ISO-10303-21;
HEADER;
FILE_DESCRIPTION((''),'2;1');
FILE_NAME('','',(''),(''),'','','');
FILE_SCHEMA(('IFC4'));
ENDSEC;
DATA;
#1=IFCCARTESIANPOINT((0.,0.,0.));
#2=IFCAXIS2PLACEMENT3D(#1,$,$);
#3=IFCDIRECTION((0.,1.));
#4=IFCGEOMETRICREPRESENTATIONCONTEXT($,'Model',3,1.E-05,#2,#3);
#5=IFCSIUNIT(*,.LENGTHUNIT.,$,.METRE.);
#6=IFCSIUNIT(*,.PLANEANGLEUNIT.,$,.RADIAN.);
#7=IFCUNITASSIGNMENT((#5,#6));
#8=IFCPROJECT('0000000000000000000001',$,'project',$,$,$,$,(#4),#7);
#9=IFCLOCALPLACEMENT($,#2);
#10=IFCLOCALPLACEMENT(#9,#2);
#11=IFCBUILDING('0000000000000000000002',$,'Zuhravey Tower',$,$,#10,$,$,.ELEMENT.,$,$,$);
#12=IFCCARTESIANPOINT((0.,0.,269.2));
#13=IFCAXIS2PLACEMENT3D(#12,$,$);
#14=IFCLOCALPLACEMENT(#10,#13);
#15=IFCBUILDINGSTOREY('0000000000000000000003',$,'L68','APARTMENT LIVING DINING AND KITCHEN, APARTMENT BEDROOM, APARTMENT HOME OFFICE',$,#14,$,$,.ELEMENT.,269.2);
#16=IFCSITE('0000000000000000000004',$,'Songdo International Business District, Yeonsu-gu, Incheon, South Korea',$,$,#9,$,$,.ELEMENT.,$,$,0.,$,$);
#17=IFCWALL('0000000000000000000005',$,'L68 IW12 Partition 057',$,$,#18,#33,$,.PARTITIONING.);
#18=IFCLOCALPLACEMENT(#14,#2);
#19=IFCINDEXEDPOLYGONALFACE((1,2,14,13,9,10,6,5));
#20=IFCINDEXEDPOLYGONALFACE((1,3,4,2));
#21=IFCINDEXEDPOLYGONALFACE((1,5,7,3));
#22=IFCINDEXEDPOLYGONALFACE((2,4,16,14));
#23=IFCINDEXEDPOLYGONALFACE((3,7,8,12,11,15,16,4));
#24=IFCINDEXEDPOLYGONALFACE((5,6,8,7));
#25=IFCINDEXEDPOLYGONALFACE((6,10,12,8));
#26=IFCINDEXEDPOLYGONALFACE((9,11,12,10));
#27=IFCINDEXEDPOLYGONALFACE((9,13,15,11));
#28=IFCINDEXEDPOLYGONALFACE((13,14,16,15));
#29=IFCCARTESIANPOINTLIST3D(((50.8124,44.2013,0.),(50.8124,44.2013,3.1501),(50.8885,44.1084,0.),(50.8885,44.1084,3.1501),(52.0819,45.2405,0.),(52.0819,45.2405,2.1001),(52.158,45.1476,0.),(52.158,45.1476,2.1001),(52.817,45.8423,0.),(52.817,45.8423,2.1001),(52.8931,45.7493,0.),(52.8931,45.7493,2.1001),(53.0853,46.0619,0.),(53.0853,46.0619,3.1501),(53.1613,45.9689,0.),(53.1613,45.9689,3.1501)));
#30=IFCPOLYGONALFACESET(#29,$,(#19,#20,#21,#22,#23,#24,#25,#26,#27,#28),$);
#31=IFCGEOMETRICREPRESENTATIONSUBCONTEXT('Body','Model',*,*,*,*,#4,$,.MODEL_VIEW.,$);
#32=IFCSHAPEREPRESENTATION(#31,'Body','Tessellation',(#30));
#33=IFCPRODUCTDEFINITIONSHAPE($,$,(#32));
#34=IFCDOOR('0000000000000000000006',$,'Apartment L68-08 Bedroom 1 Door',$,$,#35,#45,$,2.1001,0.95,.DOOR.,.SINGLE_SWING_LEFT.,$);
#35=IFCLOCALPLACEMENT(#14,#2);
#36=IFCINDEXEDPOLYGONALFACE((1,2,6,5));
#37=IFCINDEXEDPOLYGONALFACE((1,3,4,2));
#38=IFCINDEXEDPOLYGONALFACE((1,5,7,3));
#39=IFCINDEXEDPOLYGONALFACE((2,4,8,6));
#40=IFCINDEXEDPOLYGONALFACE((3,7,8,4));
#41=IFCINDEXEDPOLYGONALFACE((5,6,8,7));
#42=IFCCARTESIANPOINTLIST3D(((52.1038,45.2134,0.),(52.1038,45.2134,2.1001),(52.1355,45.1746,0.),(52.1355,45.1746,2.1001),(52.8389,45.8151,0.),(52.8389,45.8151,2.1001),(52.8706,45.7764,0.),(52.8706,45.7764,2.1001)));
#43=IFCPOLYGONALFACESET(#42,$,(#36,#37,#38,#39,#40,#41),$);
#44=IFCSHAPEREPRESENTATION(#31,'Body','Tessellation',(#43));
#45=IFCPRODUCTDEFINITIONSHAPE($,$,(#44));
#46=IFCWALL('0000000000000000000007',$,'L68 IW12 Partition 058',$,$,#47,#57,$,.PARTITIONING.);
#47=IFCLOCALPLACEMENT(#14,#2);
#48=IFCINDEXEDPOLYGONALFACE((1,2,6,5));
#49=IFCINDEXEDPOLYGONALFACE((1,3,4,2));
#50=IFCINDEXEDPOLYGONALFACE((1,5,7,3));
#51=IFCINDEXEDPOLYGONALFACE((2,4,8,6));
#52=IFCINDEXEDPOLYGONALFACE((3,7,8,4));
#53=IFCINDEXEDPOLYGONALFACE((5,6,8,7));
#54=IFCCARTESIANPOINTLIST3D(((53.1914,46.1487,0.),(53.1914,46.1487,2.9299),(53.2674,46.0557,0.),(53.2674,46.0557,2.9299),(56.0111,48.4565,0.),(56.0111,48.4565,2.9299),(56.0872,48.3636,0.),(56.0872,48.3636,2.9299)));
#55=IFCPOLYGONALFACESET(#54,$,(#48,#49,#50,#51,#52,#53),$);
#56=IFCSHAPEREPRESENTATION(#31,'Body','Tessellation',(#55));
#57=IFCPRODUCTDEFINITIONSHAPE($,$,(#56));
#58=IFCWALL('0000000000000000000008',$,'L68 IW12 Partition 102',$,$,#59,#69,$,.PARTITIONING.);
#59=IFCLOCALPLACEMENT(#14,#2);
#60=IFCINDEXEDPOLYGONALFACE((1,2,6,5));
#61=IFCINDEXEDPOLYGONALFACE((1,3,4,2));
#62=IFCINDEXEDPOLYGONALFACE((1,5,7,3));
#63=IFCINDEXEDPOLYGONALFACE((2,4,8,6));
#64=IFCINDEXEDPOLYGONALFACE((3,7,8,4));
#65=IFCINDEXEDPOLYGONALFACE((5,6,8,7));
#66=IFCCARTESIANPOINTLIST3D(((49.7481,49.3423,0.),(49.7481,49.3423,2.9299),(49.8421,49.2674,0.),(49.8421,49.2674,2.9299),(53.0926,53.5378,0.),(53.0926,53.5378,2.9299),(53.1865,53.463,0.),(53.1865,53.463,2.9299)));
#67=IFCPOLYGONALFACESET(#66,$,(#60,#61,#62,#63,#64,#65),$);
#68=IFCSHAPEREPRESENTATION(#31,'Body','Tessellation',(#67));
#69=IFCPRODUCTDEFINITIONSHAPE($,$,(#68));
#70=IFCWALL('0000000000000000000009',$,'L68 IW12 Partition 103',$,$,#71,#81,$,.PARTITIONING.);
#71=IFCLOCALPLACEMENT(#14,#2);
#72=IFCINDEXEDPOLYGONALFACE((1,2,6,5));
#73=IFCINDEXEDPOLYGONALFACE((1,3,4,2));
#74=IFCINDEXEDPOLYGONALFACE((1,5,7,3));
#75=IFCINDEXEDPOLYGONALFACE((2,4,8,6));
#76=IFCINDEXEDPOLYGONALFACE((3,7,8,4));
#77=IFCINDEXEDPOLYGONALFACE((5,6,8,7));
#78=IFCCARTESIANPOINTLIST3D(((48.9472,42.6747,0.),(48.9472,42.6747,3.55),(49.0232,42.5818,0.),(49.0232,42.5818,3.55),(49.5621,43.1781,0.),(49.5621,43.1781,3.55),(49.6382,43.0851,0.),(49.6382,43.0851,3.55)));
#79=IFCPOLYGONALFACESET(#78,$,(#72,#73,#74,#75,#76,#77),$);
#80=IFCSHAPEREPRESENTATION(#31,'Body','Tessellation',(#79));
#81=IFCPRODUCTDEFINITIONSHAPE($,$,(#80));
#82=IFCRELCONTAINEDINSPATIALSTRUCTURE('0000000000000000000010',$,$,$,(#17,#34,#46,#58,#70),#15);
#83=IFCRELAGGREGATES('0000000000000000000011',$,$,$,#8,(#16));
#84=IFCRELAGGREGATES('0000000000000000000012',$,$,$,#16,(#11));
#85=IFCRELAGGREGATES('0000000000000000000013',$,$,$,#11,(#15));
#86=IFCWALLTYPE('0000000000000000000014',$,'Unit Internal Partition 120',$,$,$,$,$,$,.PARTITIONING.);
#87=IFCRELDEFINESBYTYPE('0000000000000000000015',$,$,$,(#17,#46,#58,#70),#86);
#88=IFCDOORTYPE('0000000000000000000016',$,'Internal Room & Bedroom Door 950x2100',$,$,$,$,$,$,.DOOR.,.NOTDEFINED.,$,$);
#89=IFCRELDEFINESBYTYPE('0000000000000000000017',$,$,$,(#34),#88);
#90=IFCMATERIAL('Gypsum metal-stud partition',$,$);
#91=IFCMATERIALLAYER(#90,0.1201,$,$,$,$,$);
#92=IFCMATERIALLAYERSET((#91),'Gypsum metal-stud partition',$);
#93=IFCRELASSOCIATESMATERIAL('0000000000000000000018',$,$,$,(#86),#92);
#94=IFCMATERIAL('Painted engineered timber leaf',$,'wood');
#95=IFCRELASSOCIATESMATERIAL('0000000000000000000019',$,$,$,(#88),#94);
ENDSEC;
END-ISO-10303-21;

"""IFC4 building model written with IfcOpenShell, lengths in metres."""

from ifc_helpers import new_model, si_unit, direction, frame, frame_2d, origin, place, context, subcontext, project, spatial, rectangle, extrude, material, layer, layer_set, type_object, element, fill, save


model = new_model("IFC4")

# Units and contexts
model_context = context("Model", 3, precision=1e-05, world=origin(), true_north=direction((0.0, 1.0)))
body_context = subcontext(model_context, "Body", "Model", "MODEL_VIEW")
ifc_project = project(units=[si_unit("LENGTHUNIT", "METRE"), si_unit("PLANEANGLEUNIT", "RADIAN")], contexts=[model_context])

# Site, building, storey
site_placement = place(None, origin())
site = spatial("IfcSite", under=ifc_project, at=site_placement, Name="Songdo International Business District, Yeonsu-gu, Incheon, South Korea", CompositionType="ELEMENT", RefElevation=0.0)
building_placement = place(site_placement, origin())
building = spatial("IfcBuilding", under=site, at=building_placement, Name="Zuhravey Tower", CompositionType="ELEMENT")
storey_placement = place(building_placement, frame((0.0, 0.0, 269.2)))
storey = spatial("IfcBuildingStorey", under=building, at=storey_placement, Name="L68", Description="APARTMENT LIVING DINING AND KITCHEN, APARTMENT BEDROOM, APARTMENT HOME OFFICE", CompositionType="ELEMENT", Elevation=269.2)

# Shared definitions
ifc_material_1 = material(Name="Gypsum metal-stud partition")
ifc_layer_1 = layer(ifc_material_1, 0.1201)
ifc_layer_set_1 = layer_set([ifc_layer_1], Name="Gypsum metal-stud partition")
wall_type_1 = type_object("IfcWallType", Name="Unit Internal Partition 120", PredefinedType="PARTITIONING", material=ifc_layer_set_1)
ifc_material_2 = material(Name="Painted engineered timber leaf", Category="wood")
door_type_1 = type_object("IfcDoorType", Name="Internal Room & Bedroom Door 950x2100", OperationType="NOTDEFINED", PredefinedType="DOOR", material=ifc_material_2)

# Wall, opening, door
wall_1_placement = place(storey_placement, frame((50.8503, 44.1548, 0.0), z_axis=(0.0, 0.0, 1.0), x_axis=(0.773805, 0.633423, 0.0)))
wall_1 = element("IfcWall", 1, at=wall_1_placement, inside=storey, type_object=wall_type_1, Name="L68 IW12 Partition 057", PredefinedType="PARTITIONING", context=body_context, shape_type="SweptSolid", body=[
    extrude(rectangle(XDim=2.9373, YDim=0.1201, at=frame_2d((1.4688, 0.0))), origin(), (0.0, 0.0, 1.0), 3.1501),
])
opening_1_placement = place(wall_1_placement, frame((1.6406, 0.0, 0.0)))
opening_1 = element("IfcOpeningElement", 2, at=opening_1_placement, cuts=wall_1, PredefinedType="OPENING", context=body_context, shape_type="SweptSolid", body=[
    extrude(rectangle(XDim=0.95, YDim=2.1001, at=frame_2d((0.4751, 1.05))), frame((0.0, 0.072, 0.0), z_axis=(0.0, -1.0, 0.0), x_axis=(1.0, 0.0, 0.0)), (0.0, 0.0, 1.0), 0.144),
])
door_1_placement = place(opening_1_placement, frame((0.95, 0.0, 0.0), z_axis=(0.0, 0.0, 1.0), x_axis=(-1.0, 0.0, 0.0)))
door_1 = element("IfcDoor", 3, at=door_1_placement, inside=storey, type_object=door_type_1, Name="Apartment L68-08 Bedroom 1 Door", OperationType="SINGLE_SWING_LEFT", OverallHeight=2.1001, OverallWidth=0.95, PredefinedType="DOOR", context=body_context, shape_type="SweptSolid", body=[
    extrude(rectangle(XDim=0.95, YDim=2.1001, at=frame_2d((0.4751, 1.05))), frame((0.0, 0.0249, 0.0), z_axis=(0.0, -1.0, 0.0), x_axis=(1.0, 0.0, 0.0)), (0.0, 0.0, 1.0), 0.05),
])
fill(opening_1, door_1)

# Walls
wall_2_placement = place(storey_placement, frame((53.2295, 46.1023, 0.0), z_axis=(0.0, 0.0, 1.0), x_axis=(0.773859, 0.633358, 0.0)))
element("IfcWall", 4, at=wall_2_placement, inside=storey, type_object=wall_type_1, Name="L68 IW12 Partition 058", PredefinedType="PARTITIONING", context=body_context, shape_type="SweptSolid", body=[
    extrude(rectangle(XDim=3.6438, YDim=0.1201, at=frame_2d((1.8218, 0.0))), origin(), (0.0, 0.0, 1.0), 2.9299),
])
wall_3_placement = place(storey_placement, frame((49.7952, 49.3049, 0.0), z_axis=(0.0, 0.0, 1.0), x_axis=(0.623335, 0.781955, 0.0)))
element("IfcWall", 5, at=wall_3_placement, inside=storey, type_object=wall_type_1, Name="L68 IW12 Partition 102", PredefinedType="PARTITIONING", context=body_context, shape_type="SweptSolid", body=[
    extrude(rectangle(XDim=5.3655, YDim=0.1201, at=frame_2d((2.6826, 0.0))), origin(), (0.0, 0.0, 1.0), 2.9299),
])
wall_4_placement = place(storey_placement, frame((48.9851, 42.6282, 0.0), z_axis=(0.0, 0.0, 1.0), x_axis=(0.773807, 0.633422, 0.0)))
element("IfcWall", 6, at=wall_4_placement, inside=storey, type_object=wall_type_1, Name="L68 IW12 Partition 103", PredefinedType="PARTITIONING", context=body_context, shape_type="SweptSolid", body=[
    extrude(rectangle(XDim=0.7947, YDim=0.1201, at=frame_2d((0.3975, 0.0))), origin(), (0.0, 0.0, 1.0), 3.55),
])

save(model, "model.ifc")
